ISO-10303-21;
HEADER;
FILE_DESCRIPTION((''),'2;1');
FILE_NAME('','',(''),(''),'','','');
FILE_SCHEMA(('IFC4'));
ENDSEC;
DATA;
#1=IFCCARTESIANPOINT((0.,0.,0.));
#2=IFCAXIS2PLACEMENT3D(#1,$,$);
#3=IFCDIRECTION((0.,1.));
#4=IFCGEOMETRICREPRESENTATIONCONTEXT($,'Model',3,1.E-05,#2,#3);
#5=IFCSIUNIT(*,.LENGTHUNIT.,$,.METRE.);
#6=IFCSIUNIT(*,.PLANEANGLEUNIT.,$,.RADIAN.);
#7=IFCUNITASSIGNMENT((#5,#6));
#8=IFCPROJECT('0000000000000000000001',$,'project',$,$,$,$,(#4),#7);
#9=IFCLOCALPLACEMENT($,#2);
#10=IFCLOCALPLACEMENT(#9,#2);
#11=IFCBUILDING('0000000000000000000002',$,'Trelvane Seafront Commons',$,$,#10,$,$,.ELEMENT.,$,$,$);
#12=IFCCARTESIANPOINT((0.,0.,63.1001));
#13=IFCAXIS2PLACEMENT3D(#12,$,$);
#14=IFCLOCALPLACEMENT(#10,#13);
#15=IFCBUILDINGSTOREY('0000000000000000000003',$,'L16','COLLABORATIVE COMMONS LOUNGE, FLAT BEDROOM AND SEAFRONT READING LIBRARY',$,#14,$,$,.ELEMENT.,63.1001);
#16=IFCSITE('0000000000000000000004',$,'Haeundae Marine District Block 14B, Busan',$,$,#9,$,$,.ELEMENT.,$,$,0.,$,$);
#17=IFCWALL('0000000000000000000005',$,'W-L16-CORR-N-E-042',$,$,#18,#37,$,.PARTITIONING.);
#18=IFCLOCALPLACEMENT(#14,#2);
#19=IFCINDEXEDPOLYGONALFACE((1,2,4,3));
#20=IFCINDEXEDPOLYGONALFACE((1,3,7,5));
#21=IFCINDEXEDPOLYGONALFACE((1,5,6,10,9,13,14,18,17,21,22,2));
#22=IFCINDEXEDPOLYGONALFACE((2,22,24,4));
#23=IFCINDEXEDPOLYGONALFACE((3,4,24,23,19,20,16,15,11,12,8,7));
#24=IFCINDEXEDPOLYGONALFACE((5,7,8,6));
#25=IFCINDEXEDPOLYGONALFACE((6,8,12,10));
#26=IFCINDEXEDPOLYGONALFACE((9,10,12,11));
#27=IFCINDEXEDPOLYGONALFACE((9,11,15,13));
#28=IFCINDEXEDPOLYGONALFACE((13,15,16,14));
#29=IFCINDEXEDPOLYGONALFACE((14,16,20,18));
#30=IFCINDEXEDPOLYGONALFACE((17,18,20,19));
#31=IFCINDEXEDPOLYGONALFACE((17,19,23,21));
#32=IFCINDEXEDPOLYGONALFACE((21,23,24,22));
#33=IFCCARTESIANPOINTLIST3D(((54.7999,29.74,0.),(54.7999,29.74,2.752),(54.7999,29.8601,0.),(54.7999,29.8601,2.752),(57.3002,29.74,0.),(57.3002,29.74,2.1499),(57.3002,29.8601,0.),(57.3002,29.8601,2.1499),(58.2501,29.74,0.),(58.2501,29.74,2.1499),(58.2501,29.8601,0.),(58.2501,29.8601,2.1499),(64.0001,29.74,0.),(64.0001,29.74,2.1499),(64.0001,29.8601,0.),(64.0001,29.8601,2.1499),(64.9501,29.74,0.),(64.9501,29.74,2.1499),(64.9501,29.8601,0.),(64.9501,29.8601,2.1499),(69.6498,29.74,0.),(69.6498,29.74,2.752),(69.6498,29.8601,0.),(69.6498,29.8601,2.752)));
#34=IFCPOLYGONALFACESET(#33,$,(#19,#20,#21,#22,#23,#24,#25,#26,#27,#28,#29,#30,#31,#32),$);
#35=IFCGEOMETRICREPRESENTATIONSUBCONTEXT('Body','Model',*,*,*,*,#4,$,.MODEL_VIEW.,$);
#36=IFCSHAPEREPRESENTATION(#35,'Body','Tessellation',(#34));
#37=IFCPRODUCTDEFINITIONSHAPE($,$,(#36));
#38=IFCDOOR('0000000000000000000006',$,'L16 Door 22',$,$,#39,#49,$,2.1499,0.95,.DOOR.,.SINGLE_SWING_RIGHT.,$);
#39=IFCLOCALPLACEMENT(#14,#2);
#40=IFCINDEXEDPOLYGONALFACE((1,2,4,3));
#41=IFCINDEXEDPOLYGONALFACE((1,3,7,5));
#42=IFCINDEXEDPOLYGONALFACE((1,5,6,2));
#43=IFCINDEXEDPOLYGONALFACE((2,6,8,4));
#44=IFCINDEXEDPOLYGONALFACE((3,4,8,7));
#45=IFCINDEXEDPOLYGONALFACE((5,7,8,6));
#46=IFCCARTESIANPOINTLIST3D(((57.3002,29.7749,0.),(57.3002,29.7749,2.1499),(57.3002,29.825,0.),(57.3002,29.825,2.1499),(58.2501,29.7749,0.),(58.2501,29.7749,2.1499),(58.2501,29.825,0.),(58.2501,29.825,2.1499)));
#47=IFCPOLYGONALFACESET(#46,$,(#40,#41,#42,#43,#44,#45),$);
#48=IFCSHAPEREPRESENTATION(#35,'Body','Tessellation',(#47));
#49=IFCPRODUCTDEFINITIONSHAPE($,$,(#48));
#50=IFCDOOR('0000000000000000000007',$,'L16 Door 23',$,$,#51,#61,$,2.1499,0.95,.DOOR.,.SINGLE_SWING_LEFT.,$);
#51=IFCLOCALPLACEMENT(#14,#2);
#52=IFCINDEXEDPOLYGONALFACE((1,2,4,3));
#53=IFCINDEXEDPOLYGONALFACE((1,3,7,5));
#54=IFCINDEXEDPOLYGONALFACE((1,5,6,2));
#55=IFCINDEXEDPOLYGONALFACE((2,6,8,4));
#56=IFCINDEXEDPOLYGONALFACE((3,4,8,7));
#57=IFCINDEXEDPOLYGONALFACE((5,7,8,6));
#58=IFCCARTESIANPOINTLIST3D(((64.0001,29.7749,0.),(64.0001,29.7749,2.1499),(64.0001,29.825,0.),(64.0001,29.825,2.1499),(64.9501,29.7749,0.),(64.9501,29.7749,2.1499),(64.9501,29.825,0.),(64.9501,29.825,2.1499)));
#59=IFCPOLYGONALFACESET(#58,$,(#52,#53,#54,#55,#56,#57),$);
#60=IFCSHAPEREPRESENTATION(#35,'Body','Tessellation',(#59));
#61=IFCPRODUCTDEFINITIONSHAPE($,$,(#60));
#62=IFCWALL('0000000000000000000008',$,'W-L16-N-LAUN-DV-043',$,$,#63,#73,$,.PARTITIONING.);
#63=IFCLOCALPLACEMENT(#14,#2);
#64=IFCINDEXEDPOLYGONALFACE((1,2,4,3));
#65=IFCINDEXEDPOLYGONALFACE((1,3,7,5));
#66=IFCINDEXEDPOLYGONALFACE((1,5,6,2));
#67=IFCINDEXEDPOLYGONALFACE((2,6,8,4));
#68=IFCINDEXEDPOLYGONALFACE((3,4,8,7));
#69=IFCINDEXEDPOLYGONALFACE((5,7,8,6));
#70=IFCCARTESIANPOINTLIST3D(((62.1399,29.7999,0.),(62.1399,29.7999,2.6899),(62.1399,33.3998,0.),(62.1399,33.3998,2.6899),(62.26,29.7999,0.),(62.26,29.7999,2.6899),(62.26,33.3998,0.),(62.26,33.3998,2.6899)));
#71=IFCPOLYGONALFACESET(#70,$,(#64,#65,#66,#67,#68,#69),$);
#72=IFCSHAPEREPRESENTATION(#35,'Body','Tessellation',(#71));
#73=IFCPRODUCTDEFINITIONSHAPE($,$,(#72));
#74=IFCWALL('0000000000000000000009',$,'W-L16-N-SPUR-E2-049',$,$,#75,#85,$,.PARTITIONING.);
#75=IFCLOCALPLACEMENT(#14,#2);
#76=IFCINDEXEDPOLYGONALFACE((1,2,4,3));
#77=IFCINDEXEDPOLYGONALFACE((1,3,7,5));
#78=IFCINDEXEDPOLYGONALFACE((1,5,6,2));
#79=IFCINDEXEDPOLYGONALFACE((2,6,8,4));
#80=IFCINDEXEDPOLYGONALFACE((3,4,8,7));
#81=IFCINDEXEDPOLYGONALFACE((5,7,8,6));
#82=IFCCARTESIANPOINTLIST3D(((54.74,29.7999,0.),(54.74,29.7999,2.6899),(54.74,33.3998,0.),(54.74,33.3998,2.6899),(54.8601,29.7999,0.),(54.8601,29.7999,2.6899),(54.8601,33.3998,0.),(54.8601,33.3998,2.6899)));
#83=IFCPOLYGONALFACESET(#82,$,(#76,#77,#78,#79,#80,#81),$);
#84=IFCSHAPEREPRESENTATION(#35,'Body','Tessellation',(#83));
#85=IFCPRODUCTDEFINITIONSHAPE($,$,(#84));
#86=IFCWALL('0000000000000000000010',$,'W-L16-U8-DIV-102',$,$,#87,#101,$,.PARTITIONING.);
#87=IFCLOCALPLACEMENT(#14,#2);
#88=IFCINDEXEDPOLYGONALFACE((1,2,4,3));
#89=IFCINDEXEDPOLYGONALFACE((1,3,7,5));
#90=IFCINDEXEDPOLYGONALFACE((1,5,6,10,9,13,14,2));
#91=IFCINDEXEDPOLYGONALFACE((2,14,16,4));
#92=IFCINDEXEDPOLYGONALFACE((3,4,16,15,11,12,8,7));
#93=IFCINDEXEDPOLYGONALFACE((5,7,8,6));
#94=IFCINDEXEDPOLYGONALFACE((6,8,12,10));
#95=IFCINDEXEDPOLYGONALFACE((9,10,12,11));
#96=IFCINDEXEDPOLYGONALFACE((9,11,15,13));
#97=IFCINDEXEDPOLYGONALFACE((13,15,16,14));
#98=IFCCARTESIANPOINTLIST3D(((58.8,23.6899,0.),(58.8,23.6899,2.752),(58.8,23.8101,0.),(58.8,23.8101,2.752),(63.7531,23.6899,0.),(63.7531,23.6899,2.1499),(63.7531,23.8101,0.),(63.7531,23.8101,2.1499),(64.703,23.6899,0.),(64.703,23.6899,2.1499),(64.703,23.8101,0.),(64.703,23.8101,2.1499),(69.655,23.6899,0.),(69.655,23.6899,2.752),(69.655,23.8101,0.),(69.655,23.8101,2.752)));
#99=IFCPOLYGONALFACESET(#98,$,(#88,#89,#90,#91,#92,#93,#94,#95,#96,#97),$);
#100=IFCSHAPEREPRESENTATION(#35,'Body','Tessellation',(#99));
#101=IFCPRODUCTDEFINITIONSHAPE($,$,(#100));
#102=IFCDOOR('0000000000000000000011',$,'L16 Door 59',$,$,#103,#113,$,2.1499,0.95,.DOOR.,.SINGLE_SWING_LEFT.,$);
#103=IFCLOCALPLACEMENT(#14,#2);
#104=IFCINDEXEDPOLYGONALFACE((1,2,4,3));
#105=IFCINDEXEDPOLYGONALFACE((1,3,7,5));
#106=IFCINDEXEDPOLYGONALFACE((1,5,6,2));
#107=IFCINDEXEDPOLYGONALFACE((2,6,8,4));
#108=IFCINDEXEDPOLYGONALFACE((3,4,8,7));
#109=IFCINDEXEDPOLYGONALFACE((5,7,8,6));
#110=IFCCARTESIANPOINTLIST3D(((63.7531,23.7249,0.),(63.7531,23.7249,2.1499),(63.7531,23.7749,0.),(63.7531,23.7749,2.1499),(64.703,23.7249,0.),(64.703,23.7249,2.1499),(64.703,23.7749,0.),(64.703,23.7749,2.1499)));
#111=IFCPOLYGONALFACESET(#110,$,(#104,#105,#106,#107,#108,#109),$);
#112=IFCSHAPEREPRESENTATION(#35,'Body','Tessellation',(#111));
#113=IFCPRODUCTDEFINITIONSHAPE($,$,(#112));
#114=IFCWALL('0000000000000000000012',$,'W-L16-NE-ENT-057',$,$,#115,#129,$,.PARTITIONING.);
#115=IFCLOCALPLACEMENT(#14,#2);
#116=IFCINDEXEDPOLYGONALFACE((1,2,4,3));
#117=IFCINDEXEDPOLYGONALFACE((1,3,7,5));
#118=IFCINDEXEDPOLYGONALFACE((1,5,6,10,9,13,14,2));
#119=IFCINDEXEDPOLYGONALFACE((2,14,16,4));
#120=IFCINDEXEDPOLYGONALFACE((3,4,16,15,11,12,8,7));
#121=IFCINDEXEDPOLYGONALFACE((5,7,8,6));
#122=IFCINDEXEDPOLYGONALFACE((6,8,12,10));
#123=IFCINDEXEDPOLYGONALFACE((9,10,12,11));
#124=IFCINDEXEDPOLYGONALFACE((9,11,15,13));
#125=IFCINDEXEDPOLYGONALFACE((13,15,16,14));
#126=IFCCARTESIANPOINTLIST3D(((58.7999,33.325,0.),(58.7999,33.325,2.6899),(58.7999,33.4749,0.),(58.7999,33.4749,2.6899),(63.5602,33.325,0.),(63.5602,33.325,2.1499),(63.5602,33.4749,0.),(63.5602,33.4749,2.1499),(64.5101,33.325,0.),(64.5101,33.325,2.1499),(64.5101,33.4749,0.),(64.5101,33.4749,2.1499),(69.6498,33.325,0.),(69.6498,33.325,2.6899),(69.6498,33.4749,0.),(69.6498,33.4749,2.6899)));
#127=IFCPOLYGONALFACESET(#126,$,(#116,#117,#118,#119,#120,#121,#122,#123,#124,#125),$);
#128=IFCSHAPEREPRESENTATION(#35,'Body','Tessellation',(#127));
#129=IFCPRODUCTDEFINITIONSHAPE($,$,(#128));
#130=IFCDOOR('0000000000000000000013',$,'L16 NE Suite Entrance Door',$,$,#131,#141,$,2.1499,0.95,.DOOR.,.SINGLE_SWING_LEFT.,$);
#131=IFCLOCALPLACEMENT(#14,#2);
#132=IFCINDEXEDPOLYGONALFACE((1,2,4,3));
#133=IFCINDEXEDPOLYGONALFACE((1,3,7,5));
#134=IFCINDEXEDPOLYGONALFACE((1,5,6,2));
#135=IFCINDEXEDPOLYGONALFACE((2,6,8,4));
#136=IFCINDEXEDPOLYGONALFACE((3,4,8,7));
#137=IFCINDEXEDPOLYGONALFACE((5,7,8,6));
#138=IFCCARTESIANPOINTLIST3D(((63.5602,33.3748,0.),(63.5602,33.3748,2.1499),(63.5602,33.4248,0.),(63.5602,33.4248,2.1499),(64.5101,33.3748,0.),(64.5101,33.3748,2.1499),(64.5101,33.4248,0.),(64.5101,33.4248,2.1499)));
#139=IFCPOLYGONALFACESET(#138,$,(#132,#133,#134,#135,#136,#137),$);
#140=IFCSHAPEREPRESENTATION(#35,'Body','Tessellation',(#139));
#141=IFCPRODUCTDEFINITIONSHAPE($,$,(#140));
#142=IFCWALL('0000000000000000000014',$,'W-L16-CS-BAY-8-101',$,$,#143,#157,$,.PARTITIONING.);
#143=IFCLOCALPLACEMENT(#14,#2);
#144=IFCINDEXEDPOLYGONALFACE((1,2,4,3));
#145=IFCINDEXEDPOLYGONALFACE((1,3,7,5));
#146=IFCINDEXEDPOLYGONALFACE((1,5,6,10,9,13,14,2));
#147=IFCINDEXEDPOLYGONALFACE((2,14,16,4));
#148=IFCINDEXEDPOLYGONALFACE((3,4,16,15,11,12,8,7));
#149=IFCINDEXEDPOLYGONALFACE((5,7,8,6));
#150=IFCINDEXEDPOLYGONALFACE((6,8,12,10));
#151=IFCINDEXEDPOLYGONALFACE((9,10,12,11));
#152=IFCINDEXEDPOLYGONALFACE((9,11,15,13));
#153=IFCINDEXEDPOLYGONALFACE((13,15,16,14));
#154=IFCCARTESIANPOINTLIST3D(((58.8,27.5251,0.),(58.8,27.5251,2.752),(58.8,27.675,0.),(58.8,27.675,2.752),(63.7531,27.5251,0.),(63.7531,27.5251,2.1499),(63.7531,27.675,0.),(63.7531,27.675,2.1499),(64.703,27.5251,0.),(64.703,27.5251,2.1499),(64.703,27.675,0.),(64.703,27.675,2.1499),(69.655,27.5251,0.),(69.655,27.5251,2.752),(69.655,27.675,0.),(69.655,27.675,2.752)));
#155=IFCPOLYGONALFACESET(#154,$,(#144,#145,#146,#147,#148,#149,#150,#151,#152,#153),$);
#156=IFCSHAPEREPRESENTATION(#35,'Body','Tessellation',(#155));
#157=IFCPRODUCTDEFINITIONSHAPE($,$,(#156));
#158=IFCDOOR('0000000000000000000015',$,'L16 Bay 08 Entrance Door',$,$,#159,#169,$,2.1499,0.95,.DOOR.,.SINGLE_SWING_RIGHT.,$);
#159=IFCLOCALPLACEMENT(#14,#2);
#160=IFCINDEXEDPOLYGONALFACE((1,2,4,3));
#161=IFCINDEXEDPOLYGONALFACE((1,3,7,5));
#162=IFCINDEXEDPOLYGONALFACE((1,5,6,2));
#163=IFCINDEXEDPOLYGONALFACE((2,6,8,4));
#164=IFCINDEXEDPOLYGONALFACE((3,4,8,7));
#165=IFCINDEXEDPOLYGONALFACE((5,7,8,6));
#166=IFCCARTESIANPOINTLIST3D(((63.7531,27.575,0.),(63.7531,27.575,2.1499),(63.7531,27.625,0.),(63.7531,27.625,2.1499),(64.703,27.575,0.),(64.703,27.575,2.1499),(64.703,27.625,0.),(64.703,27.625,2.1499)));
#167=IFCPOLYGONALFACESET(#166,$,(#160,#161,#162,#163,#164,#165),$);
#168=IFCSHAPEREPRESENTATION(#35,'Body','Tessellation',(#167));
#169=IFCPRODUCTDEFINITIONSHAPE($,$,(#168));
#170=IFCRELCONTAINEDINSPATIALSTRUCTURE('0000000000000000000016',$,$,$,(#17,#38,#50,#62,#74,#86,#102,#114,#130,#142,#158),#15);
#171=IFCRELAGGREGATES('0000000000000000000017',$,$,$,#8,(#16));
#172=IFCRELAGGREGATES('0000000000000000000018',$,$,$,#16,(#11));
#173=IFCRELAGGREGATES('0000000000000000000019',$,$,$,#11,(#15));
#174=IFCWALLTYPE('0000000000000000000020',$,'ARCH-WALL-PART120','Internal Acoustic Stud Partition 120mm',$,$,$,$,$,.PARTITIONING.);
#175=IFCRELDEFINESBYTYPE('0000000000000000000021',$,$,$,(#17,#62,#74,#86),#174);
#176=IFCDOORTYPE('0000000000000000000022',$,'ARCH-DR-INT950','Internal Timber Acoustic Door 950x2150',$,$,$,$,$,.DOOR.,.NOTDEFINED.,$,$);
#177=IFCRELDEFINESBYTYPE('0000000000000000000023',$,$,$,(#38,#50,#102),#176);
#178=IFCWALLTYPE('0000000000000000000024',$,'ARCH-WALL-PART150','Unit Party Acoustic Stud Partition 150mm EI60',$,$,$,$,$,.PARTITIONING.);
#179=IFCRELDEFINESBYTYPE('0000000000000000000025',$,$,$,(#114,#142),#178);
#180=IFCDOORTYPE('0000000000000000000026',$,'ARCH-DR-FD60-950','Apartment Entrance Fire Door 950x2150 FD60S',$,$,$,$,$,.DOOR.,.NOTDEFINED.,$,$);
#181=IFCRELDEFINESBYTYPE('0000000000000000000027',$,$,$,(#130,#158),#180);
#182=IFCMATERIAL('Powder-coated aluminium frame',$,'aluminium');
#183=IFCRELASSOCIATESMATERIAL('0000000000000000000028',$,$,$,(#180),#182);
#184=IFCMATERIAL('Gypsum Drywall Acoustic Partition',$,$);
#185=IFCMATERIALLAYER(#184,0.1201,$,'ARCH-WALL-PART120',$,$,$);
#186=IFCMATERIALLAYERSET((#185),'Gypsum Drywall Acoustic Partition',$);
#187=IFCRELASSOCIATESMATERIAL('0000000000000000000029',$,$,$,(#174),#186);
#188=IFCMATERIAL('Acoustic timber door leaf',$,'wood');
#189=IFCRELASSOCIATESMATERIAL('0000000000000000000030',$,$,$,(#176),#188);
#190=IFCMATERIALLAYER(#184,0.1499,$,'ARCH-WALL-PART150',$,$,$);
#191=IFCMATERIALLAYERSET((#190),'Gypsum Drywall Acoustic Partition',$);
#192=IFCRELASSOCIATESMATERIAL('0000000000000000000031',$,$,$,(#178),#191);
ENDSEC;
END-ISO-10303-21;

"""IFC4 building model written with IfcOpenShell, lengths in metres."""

from ifc_helpers import new_model, si_unit, direction, frame, frame_2d, origin, place, context, subcontext, project, spatial, rectangle, extrude, source, transform, mapped, material, layer, layer_set, type_object, element, fill, save


model = new_model("IFC4")

# Units and contexts
model_context = context("Model", 3, precision=1e-05, world=origin(), true_north=direction((0.0, 1.0)))
body_context = subcontext(model_context, "Body", "Model", "MODEL_VIEW")
ifc_project = project(units=[si_unit("LENGTHUNIT", "METRE"), si_unit("PLANEANGLEUNIT", "RADIAN")], contexts=[model_context])

# Site, building, storey
site_placement = place(None, origin())
site = spatial("IfcSite", under=ifc_project, at=site_placement, Name="Haeundae Marine District Block 14B, Busan", CompositionType="ELEMENT", RefElevation=0.0)
building_placement = place(site_placement, origin())
building = spatial("IfcBuilding", under=site, at=building_placement, Name="Trelvane Seafront Commons", CompositionType="ELEMENT")
storey_placement = place(building_placement, frame((0.0, 0.0, 63.1001)))
storey = spatial("IfcBuildingStorey", under=building, at=storey_placement, Name="L16", Description="COLLABORATIVE COMMONS LOUNGE, FLAT BEDROOM AND SEAFRONT READING LIBRARY", CompositionType="ELEMENT", Elevation=63.1001)

# Shared definitions
ifc_material_1 = material(Name="Powder-coated aluminium frame", Category="aluminium")
door_type_1 = type_object("IfcDoorType", Name="ARCH-DR-FD60-950", Description="Apartment Entrance Fire Door 950x2150 FD60S", OperationType="NOTDEFINED", PredefinedType="DOOR", material=ifc_material_1)
shared_shape_1 = source(origin(), body_context, "Body", "SweptSolid", [
    extrude(rectangle(XDim=0.95, YDim=2.1499, at=frame_2d((0.4751, 1.075))), frame((0.0, 0.0249, 0.0), z_axis=(0.0, -1.0, 0.0), x_axis=(1.0, 0.0, 0.0)), (0.0, 0.0, 1.0), 0.05),
])

# Wall, openings, doors
ifc_material_2 = material(Name="Gypsum Drywall Acoustic Partition")
ifc_layer_1 = layer(ifc_material_2, 0.1201, Name="ARCH-WALL-PART120")
ifc_layer_set_1 = layer_set([ifc_layer_1], Name="Gypsum Drywall Acoustic Partition")
wall_type_1 = type_object("IfcWallType", Name="ARCH-WALL-PART120", Description="Internal Acoustic Stud Partition 120mm", PredefinedType="PARTITIONING", material=ifc_layer_set_1)
wall_1_placement = place(storey_placement, frame((54.8, 29.8, 0.0), z_axis=(0.0, 0.0, 1.0), x_axis=(1.0, 0.0, 0.0)))
wall_1 = element("IfcWall", 1, at=wall_1_placement, inside=storey, type_object=wall_type_1, Name="W-L16-CORR-N-E-042", PredefinedType="PARTITIONING", context=body_context, shape_type="SweptSolid", body=[
    extrude(rectangle(XDim=14.8499, YDim=0.1201, at=frame_2d((7.4248, 0.0))), origin(), (0.0, 0.0, 1.0), 2.752),
])
opening_1_placement = place(wall_1_placement, frame((2.5, 0.0, 0.0)))
opening_1 = element("IfcOpeningElement", 2, at=opening_1_placement, cuts=wall_1, PredefinedType="OPENING", context=body_context, shape_type="SweptSolid", body=[
    extrude(rectangle(XDim=0.95, YDim=2.1499, at=frame_2d((0.4751, 1.075))), frame((0.0, 0.0701, 0.0), z_axis=(0.0, -1.0, 0.0), x_axis=(1.0, 0.0, 0.0)), (0.0, 0.0, 1.0), 0.1401),
])
opening_2_placement = place(wall_1_placement, frame((9.2, 0.0, 0.0)))
opening_2 = element("IfcOpeningElement", 3, at=opening_2_placement, cuts=wall_1, PredefinedType="OPENING", context=body_context, shape_type="SweptSolid", body=[
    extrude(rectangle(XDim=0.95, YDim=2.1499, at=frame_2d((0.4751, 1.075))), frame((0.0, 0.0701, 0.0), z_axis=(0.0, -1.0, 0.0), x_axis=(1.0, 0.0, 0.0)), (0.0, 0.0, 1.0), 0.1401),
])
ifc_material_3 = material(Name="Acoustic timber door leaf", Category="wood")
door_type_2 = type_object("IfcDoorType", Name="ARCH-DR-INT950", Description="Internal Timber Acoustic Door 950x2150", OperationType="NOTDEFINED", PredefinedType="DOOR", material=ifc_material_3)
door_1_placement = place(opening_1_placement, origin())
door_1 = element("IfcDoor", 4, at=door_1_placement, inside=storey, type_object=door_type_2, Name="L16 Door 22", OperationType="SINGLE_SWING_RIGHT", OverallHeight=2.1499, OverallWidth=0.95, PredefinedType="DOOR", context=body_context, shape_type="MappedRepresentation", body=[
    mapped(shared_shape_1, transform((0.0, 0.0, 0.0), x_axis=(1.0, 0.0, 0.0), y_axis=(0.0, 1.0, 0.0), z_axis=(0.0, 0.0, 1.0), scale=1.0)),
])
fill(opening_1, door_1)
door_2_placement = place(opening_2_placement, origin())
door_2 = element("IfcDoor", 5, at=door_2_placement, inside=storey, type_object=door_type_2, Name="L16 Door 23", OperationType="SINGLE_SWING_LEFT", OverallHeight=2.1499, OverallWidth=0.95, PredefinedType="DOOR", context=body_context, shape_type="MappedRepresentation", body=[
    mapped(shared_shape_1, transform((0.0, 0.0, 0.0), x_axis=(1.0, 0.0, 0.0), y_axis=(0.0, 1.0, 0.0), z_axis=(0.0, 0.0, 1.0), scale=1.0)),
])
fill(opening_2, door_2)

# Walls
for number, where, z_axis, x_axis, name in (
    (6, (62.2, 29.8, 0.0), (0.0, 0.0, 1.0), (0.0, 1.0, 0.0), "W-L16-N-LAUN-DV-043"),
    (7, (54.8, 29.8, 0.0), (0.0, 0.0, 1.0), (0.0, 1.0, 0.0), "W-L16-N-SPUR-E2-049"),
):
    element("IfcWall", number, at=place(storey_placement, frame(where, z_axis=z_axis, x_axis=x_axis)), inside=storey, type_object=wall_type_1, Name=name, PredefinedType="PARTITIONING", context=body_context, shape_type="SweptSolid", body=[
        extrude(rectangle(XDim=3.5999, YDim=0.1201, at=frame_2d((1.7998, 0.0))), origin(), (0.0, 0.0, 1.0), 2.6899),
    ])

# Walls, openings, doors
wall_2_placement = place(storey_placement, frame((58.8, 23.75, 0.0), z_axis=(0.0, 0.0, 1.0), x_axis=(1.0, 0.0, 0.0)))
wall_2 = element("IfcWall", 8, at=wall_2_placement, inside=storey, type_object=wall_type_1, Name="W-L16-U8-DIV-102", PredefinedType="PARTITIONING", context=body_context, shape_type="SweptSolid", body=[
    extrude(rectangle(XDim=10.855, YDim=0.1201, at=frame_2d((5.4275, 0.0))), origin(), (0.0, 0.0, 1.0), 2.752),
])
opening_3_placement = place(wall_2_placement, frame((4.9529, 0.0, 0.0)))
opening_3 = element("IfcOpeningElement", 9, at=opening_3_placement, cuts=wall_2, PredefinedType="OPENING", context=body_context, shape_type="SweptSolid", body=[
    extrude(rectangle(XDim=0.95, YDim=2.1499, at=frame_2d((0.4751, 1.075))), frame((0.0, 0.0701, 0.0), z_axis=(0.0, -1.0, 0.0), x_axis=(1.0, 0.0, 0.0)), (0.0, 0.0, 1.0), 0.1401),
])
door_3_placement = place(opening_3_placement, origin())
door_3 = element("IfcDoor", 10, at=door_3_placement, inside=storey, type_object=door_type_2, Name="L16 Door 59", OperationType="SINGLE_SWING_LEFT", OverallHeight=2.1499, OverallWidth=0.95, PredefinedType="DOOR", context=body_context, shape_type="MappedRepresentation", body=[
    mapped(shared_shape_1, transform((0.0, 0.0, 0.0), x_axis=(1.0, 0.0, 0.0), y_axis=(0.0, 1.0, 0.0), z_axis=(0.0, 0.0, 1.0), scale=1.0)),
])
fill(opening_3, door_3)
ifc_layer_2 = layer(ifc_material_2, 0.1499, Name="ARCH-WALL-PART150")
ifc_layer_set_2 = layer_set([ifc_layer_2], Name="Gypsum Drywall Acoustic Partition")
wall_type_2 = type_object("IfcWallType", Name="ARCH-WALL-PART150", Description="Unit Party Acoustic Stud Partition 150mm EI60", PredefinedType="PARTITIONING", material=ifc_layer_set_2)
wall_3_placement = place(storey_placement, frame((58.8, 33.3999, 0.0), z_axis=(0.0, 0.0, 1.0), x_axis=(1.0, 0.0, 0.0)))
wall_3 = element("IfcWall", 11, at=wall_3_placement, inside=storey, type_object=wall_type_2, Name="W-L16-NE-ENT-057", PredefinedType="PARTITIONING", context=body_context, shape_type="SweptSolid", body=[
    extrude(rectangle(XDim=10.8499, YDim=0.1499, at=frame_2d((5.4248, 0.0))), origin(), (0.0, 0.0, 1.0), 2.6899),
])
opening_4_placement = place(wall_3_placement, frame((4.76, 0.0, 0.0)))
opening_4 = element("IfcOpeningElement", 12, at=opening_4_placement, cuts=wall_3, PredefinedType="OPENING", context=body_context, shape_type="SweptSolid", body=[
    extrude(rectangle(XDim=0.95, YDim=2.1499, at=frame_2d((0.4751, 1.075))), frame((0.0, 0.085, 0.0), z_axis=(0.0, -1.0, 0.0), x_axis=(1.0, 0.0, 0.0)), (0.0, 0.0, 1.0), 0.1699),
])
door_4_placement = place(opening_4_placement, origin())
door_4 = element("IfcDoor", 13, at=door_4_placement, inside=storey, type_object=door_type_1, Name="L16 NE Suite Entrance Door", OperationType="SINGLE_SWING_LEFT", OverallHeight=2.1499, OverallWidth=0.95, PredefinedType="DOOR", context=body_context, shape_type="MappedRepresentation", body=[
    mapped(shared_shape_1, transform((0.0, 0.0, 0.0), x_axis=(1.0, 0.0, 0.0), y_axis=(0.0, 1.0, 0.0), z_axis=(0.0, 0.0, 1.0), scale=1.0)),
])
fill(opening_4, door_4)
wall_4_placement = place(storey_placement, frame((58.8, 27.6001, 0.0), z_axis=(0.0, 0.0, 1.0), x_axis=(1.0, 0.0, 0.0)))
wall_4 = element("IfcWall", 14, at=wall_4_placement, inside=storey, type_object=wall_type_2, Name="W-L16-CS-BAY-8-101", PredefinedType="PARTITIONING", context=body_context, shape_type="SweptSolid", body=[
    extrude(rectangle(XDim=10.855, YDim=0.1499, at=frame_2d((5.4275, 0.0))), origin(), (0.0, 0.0, 1.0), 2.752),
])
opening_5_placement = place(wall_4_placement, frame((4.9529, 0.0, 0.0)))
opening_5 = element("IfcOpeningElement", 15, at=opening_5_placement, cuts=wall_4, PredefinedType="OPENING", context=body_context, shape_type="SweptSolid", body=[
    extrude(rectangle(XDim=0.95, YDim=2.1499, at=frame_2d((0.4751, 1.075))), frame((0.0, 0.085, 0.0), z_axis=(0.0, -1.0, 0.0), x_axis=(1.0, 0.0, 0.0)), (0.0, 0.0, 1.0), 0.1699),
])
door_5_placement = place(opening_5_placement, origin())
door_5 = element("IfcDoor", 16, at=door_5_placement, inside=storey, type_object=door_type_1, Name="L16 Bay 08 Entrance Door", OperationType="SINGLE_SWING_RIGHT", OverallHeight=2.1499, OverallWidth=0.95, PredefinedType="DOOR", context=body_context, shape_type="MappedRepresentation", body=[
    mapped(shared_shape_1, transform((0.0, 0.0, 0.0), x_axis=(1.0, 0.0, 0.0), y_axis=(0.0, 1.0, 0.0), z_axis=(0.0, 0.0, 1.0), scale=1.0)),
])
fill(opening_5, door_5)

save(model, "model.ifc")
